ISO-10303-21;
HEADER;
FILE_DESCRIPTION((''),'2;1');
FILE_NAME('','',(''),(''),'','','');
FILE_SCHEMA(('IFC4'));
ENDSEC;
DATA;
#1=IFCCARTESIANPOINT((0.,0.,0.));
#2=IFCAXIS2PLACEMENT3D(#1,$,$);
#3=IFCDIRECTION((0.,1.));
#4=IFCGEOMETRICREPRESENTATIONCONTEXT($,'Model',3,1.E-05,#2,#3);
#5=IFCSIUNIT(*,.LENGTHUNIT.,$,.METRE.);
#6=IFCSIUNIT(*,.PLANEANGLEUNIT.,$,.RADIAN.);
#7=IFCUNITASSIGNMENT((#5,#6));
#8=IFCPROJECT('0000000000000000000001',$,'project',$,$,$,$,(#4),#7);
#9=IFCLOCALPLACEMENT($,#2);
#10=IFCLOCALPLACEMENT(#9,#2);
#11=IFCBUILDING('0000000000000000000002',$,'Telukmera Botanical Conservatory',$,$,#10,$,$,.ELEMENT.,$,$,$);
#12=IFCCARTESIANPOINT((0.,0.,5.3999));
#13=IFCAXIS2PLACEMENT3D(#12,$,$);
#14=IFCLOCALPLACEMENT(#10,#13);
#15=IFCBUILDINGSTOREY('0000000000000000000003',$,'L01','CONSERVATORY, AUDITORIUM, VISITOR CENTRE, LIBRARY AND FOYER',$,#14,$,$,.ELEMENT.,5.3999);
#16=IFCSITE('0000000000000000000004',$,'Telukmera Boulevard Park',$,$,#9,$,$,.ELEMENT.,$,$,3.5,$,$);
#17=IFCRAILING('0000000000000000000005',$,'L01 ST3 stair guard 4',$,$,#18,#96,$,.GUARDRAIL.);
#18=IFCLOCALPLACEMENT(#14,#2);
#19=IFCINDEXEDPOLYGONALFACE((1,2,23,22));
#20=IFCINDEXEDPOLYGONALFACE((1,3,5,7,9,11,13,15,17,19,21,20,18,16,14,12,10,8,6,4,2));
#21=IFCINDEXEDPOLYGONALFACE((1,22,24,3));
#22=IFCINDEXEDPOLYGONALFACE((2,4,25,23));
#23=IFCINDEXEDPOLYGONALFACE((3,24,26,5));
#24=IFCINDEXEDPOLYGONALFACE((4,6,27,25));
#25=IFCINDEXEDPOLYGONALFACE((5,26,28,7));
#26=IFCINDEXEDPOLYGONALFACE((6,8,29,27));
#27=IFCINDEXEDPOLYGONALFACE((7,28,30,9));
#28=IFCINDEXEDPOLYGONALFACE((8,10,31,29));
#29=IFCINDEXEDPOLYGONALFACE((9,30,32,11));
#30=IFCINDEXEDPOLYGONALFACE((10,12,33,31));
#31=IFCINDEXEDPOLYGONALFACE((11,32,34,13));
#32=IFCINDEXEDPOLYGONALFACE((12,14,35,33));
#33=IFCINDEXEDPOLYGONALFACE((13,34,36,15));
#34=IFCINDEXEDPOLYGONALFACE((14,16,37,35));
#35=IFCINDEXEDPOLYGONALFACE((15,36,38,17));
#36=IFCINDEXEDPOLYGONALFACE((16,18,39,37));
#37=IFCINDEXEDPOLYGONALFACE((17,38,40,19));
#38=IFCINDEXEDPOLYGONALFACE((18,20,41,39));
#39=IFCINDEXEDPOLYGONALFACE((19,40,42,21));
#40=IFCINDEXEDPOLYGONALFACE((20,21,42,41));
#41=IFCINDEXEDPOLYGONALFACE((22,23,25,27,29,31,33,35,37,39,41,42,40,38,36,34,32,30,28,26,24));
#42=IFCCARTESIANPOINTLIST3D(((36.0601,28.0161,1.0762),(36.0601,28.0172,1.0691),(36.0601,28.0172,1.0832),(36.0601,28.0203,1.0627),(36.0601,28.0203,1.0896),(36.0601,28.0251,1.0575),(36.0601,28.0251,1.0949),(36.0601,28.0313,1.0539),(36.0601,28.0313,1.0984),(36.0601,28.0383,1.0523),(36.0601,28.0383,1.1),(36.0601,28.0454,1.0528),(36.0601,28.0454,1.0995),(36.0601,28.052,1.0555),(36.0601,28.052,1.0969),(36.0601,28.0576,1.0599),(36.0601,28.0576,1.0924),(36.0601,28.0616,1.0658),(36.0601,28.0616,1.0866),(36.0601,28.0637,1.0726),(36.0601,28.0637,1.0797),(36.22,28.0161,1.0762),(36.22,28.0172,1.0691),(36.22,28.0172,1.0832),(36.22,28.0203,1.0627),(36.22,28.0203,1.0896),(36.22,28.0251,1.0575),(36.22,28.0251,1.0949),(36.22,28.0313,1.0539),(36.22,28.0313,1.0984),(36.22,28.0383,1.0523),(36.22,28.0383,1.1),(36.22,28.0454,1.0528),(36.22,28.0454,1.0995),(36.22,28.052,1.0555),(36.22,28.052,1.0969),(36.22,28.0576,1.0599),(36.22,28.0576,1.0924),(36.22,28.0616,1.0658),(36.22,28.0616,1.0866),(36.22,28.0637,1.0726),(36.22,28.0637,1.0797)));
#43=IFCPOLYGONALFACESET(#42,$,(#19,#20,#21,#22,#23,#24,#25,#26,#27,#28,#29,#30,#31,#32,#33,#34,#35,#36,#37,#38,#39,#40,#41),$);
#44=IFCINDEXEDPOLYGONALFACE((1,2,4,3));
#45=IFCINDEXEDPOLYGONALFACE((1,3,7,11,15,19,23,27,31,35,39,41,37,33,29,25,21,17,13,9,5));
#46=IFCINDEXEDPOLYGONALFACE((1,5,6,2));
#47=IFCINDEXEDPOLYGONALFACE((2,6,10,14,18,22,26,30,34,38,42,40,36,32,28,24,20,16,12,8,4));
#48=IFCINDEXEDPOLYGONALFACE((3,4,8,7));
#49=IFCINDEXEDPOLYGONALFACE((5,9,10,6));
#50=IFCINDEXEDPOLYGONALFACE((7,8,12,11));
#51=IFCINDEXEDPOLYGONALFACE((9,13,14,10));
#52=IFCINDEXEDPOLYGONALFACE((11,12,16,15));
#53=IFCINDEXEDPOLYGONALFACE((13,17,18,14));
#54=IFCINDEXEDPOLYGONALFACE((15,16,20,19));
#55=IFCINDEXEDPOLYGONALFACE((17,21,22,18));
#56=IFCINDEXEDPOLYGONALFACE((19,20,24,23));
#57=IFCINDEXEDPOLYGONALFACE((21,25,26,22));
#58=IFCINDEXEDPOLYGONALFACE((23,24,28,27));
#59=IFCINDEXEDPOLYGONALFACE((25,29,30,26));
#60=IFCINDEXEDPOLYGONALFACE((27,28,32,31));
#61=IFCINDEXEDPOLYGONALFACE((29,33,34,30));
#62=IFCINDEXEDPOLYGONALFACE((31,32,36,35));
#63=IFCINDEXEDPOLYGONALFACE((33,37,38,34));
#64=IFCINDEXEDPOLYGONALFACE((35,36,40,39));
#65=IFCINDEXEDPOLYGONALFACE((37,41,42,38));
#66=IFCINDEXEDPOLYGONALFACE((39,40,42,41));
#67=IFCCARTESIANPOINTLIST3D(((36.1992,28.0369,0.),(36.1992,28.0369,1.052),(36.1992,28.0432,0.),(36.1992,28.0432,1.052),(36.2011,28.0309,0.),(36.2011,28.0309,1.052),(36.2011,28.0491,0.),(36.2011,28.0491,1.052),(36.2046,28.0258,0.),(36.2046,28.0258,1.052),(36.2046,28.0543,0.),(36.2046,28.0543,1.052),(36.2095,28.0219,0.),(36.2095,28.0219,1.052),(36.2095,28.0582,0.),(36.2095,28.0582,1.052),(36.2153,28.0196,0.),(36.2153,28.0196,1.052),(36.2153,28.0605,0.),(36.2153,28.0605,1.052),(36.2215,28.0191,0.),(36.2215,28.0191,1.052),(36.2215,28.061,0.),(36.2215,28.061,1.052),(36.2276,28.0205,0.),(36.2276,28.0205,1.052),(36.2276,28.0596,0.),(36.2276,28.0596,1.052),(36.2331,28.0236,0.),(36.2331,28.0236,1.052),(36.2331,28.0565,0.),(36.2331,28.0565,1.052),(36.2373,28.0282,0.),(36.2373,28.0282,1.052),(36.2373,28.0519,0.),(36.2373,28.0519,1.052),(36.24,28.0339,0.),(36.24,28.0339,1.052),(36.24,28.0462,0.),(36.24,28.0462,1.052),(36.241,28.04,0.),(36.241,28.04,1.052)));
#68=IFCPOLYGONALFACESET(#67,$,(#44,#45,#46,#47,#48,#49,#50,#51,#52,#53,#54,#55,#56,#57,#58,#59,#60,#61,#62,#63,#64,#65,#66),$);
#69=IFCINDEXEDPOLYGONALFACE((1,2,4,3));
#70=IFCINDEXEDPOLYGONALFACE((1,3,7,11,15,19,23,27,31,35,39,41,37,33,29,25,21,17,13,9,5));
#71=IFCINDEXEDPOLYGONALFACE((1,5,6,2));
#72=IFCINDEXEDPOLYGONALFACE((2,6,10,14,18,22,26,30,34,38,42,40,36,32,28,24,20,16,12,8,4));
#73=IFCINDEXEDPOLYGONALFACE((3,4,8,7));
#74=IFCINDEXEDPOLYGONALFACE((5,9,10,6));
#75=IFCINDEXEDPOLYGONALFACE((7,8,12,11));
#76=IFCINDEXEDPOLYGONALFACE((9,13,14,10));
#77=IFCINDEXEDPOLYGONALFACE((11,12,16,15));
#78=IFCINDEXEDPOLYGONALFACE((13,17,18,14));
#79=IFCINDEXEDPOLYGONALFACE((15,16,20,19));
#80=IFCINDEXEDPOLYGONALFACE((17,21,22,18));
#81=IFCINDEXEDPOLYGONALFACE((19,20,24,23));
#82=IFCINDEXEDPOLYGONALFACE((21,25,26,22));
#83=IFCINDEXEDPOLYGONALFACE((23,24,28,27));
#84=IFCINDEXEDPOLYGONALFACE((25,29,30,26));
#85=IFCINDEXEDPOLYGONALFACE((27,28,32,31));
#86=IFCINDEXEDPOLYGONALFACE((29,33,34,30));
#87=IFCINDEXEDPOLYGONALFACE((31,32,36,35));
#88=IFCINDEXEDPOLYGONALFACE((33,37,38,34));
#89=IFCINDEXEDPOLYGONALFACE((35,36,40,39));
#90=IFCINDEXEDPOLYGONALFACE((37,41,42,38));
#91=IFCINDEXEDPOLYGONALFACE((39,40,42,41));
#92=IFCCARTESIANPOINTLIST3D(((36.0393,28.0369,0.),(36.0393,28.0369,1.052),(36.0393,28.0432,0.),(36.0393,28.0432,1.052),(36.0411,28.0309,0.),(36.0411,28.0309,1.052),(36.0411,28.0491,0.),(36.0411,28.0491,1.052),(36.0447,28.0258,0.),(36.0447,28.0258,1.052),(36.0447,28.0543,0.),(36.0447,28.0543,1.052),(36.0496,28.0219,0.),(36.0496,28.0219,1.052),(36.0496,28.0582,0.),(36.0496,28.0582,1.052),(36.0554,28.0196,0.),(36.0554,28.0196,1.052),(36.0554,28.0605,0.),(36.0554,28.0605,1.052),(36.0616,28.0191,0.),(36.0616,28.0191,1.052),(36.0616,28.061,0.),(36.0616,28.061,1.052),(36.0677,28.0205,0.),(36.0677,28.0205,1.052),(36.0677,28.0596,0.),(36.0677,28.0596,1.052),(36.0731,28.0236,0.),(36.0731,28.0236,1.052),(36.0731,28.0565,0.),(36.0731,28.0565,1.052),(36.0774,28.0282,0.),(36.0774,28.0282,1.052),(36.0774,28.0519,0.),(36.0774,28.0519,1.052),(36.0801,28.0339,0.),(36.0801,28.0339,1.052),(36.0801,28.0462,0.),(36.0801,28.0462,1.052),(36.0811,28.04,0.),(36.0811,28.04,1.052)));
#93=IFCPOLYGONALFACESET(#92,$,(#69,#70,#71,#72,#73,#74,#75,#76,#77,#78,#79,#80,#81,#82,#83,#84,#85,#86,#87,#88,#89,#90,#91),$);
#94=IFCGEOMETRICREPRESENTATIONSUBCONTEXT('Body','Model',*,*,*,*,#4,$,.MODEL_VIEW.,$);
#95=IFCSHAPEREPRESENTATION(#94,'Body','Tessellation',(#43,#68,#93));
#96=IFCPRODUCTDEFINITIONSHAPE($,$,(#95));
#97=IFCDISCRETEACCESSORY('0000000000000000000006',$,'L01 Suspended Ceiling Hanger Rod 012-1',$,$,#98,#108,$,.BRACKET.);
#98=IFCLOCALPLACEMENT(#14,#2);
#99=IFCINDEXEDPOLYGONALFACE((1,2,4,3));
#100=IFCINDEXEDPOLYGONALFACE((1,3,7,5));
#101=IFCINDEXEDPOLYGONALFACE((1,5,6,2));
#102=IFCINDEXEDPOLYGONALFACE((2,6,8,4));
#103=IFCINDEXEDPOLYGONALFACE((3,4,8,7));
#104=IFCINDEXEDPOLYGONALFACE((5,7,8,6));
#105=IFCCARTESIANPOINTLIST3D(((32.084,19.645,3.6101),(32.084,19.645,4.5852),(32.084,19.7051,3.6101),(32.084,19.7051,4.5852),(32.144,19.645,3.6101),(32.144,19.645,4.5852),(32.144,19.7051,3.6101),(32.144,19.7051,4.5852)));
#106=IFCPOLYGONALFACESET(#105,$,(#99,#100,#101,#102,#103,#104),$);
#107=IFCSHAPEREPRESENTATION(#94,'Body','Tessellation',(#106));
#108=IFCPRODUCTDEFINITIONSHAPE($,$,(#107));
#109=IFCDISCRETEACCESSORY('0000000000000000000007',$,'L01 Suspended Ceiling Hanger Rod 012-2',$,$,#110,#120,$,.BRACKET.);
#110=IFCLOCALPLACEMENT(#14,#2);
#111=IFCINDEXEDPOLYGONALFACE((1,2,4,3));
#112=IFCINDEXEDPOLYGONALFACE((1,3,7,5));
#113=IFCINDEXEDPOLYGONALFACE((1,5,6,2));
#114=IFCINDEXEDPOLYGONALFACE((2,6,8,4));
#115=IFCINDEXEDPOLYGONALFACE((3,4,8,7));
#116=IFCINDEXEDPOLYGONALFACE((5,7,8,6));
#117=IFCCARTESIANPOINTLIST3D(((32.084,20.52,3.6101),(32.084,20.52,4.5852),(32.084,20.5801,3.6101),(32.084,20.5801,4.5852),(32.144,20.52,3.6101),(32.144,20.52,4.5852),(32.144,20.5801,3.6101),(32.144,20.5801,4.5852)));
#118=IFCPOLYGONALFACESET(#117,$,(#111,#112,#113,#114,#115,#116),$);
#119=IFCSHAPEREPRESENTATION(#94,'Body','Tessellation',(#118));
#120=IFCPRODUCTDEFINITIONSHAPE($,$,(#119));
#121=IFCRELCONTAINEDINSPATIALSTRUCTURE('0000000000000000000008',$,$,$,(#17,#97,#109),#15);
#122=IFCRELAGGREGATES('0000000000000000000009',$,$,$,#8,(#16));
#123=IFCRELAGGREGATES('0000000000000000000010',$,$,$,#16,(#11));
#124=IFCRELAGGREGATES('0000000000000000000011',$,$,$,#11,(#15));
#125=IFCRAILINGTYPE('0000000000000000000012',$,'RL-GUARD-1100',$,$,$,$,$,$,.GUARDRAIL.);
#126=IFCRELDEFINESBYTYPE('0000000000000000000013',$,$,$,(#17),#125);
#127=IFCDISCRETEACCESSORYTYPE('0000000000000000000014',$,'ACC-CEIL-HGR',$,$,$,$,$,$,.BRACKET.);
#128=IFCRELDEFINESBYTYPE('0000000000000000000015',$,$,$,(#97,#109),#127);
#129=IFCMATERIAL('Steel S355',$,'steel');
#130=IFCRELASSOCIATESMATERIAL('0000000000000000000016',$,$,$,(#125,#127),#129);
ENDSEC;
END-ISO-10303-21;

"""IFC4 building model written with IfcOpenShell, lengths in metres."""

from ifc_helpers import new_model, si_unit, direction, frame, origin, origin_2d, place, context, subcontext, project, spatial, rectangle, circle, extrude, material, type_object, element, save


model = new_model("IFC4")

# Units and contexts
model_context = context("Model", 3, precision=1e-05, world=origin(), true_north=direction((0.0, 1.0)))
body_context = subcontext(model_context, "Body", "Model", "MODEL_VIEW")
ifc_project = project(units=[si_unit("LENGTHUNIT", "METRE"), si_unit("PLANEANGLEUNIT", "RADIAN")], contexts=[model_context])

# Site, building, storey
site_placement = place(None, origin())
site = spatial("IfcSite", under=ifc_project, at=site_placement, Name="Telukmera Boulevard Park", CompositionType="ELEMENT", RefElevation=3.5)
building_placement = place(site_placement, origin())
building = spatial("IfcBuilding", under=site, at=building_placement, Name="Telukmera Botanical Conservatory", CompositionType="ELEMENT")
storey_placement = place(building_placement, frame((0.0, 0.0, 5.3999)))
storey = spatial("IfcBuildingStorey", under=building, at=storey_placement, Name="L01", Description="CONSERVATORY, AUDITORIUM, VISITOR CENTRE, LIBRARY AND FOYER", CompositionType="ELEMENT", Elevation=5.3999)

# Railing
ifc_material_1 = material(Name="Steel S355", Category="steel")
railing_type = type_object("IfcRailingType", Name="RL-GUARD-1100", PredefinedType="GUARDRAIL", material=ifc_material_1)
railing_1_placement = place(storey_placement, frame((36.22, 28.04, 0.0)))
element("IfcRailing", 1, at=railing_1_placement, inside=storey, type_object=railing_type, Name="L01 ST3 stair guard 4", PredefinedType="GUARDRAIL", context=body_context, shape_type="SweptSolid", body=[
    extrude(circle(Radius=0.0239, at=origin_2d()), frame((0.0, 0.0, 1.0762), z_axis=(-1.0, 0.0, 0.0), x_axis=(0.0, -1.0, 0.0)), (0.0, 0.0, 1.0), 0.1599),
    extrude(circle(Radius=0.021, at=origin_2d()), origin(), (0.0, 0.0, 1.0), 1.052),
    extrude(circle(Radius=0.021, at=origin_2d()), frame((-0.1599, 0.0, 0.0)), (0.0, 0.0, 1.0), 1.052),
])

# Discrete accessories
discrete_accessory_type = type_object("IfcDiscreteAccessoryType", Name="ACC-CEIL-HGR", PredefinedType="BRACKET", material=ifc_material_1)
for number, where, z_axis, x_axis, name in (
    (2, (32.114, 19.675, 3.6101), (0.0, 0.0, 1.0), (1.0, 0.0, 0.0), "L01 Suspended Ceiling Hanger Rod 012-1"),
    (3, (32.114, 20.55, 3.6101), (0.0, 0.0, 1.0), (1.0, 0.0, 0.0), "L01 Suspended Ceiling Hanger Rod 012-2"),
):
    element("IfcDiscreteAccessory", number, at=place(storey_placement, frame(where, z_axis=z_axis, x_axis=x_axis)), inside=storey, type_object=discrete_accessory_type, Name=name, PredefinedType="BRACKET", context=body_context, shape_type="SweptSolid", body=[
        extrude(rectangle(XDim=0.0601, YDim=0.0601, at=origin_2d()), origin(), (0.0, 0.0, 1.0), 0.9751),
    ])

save(model, "model.ifc")
